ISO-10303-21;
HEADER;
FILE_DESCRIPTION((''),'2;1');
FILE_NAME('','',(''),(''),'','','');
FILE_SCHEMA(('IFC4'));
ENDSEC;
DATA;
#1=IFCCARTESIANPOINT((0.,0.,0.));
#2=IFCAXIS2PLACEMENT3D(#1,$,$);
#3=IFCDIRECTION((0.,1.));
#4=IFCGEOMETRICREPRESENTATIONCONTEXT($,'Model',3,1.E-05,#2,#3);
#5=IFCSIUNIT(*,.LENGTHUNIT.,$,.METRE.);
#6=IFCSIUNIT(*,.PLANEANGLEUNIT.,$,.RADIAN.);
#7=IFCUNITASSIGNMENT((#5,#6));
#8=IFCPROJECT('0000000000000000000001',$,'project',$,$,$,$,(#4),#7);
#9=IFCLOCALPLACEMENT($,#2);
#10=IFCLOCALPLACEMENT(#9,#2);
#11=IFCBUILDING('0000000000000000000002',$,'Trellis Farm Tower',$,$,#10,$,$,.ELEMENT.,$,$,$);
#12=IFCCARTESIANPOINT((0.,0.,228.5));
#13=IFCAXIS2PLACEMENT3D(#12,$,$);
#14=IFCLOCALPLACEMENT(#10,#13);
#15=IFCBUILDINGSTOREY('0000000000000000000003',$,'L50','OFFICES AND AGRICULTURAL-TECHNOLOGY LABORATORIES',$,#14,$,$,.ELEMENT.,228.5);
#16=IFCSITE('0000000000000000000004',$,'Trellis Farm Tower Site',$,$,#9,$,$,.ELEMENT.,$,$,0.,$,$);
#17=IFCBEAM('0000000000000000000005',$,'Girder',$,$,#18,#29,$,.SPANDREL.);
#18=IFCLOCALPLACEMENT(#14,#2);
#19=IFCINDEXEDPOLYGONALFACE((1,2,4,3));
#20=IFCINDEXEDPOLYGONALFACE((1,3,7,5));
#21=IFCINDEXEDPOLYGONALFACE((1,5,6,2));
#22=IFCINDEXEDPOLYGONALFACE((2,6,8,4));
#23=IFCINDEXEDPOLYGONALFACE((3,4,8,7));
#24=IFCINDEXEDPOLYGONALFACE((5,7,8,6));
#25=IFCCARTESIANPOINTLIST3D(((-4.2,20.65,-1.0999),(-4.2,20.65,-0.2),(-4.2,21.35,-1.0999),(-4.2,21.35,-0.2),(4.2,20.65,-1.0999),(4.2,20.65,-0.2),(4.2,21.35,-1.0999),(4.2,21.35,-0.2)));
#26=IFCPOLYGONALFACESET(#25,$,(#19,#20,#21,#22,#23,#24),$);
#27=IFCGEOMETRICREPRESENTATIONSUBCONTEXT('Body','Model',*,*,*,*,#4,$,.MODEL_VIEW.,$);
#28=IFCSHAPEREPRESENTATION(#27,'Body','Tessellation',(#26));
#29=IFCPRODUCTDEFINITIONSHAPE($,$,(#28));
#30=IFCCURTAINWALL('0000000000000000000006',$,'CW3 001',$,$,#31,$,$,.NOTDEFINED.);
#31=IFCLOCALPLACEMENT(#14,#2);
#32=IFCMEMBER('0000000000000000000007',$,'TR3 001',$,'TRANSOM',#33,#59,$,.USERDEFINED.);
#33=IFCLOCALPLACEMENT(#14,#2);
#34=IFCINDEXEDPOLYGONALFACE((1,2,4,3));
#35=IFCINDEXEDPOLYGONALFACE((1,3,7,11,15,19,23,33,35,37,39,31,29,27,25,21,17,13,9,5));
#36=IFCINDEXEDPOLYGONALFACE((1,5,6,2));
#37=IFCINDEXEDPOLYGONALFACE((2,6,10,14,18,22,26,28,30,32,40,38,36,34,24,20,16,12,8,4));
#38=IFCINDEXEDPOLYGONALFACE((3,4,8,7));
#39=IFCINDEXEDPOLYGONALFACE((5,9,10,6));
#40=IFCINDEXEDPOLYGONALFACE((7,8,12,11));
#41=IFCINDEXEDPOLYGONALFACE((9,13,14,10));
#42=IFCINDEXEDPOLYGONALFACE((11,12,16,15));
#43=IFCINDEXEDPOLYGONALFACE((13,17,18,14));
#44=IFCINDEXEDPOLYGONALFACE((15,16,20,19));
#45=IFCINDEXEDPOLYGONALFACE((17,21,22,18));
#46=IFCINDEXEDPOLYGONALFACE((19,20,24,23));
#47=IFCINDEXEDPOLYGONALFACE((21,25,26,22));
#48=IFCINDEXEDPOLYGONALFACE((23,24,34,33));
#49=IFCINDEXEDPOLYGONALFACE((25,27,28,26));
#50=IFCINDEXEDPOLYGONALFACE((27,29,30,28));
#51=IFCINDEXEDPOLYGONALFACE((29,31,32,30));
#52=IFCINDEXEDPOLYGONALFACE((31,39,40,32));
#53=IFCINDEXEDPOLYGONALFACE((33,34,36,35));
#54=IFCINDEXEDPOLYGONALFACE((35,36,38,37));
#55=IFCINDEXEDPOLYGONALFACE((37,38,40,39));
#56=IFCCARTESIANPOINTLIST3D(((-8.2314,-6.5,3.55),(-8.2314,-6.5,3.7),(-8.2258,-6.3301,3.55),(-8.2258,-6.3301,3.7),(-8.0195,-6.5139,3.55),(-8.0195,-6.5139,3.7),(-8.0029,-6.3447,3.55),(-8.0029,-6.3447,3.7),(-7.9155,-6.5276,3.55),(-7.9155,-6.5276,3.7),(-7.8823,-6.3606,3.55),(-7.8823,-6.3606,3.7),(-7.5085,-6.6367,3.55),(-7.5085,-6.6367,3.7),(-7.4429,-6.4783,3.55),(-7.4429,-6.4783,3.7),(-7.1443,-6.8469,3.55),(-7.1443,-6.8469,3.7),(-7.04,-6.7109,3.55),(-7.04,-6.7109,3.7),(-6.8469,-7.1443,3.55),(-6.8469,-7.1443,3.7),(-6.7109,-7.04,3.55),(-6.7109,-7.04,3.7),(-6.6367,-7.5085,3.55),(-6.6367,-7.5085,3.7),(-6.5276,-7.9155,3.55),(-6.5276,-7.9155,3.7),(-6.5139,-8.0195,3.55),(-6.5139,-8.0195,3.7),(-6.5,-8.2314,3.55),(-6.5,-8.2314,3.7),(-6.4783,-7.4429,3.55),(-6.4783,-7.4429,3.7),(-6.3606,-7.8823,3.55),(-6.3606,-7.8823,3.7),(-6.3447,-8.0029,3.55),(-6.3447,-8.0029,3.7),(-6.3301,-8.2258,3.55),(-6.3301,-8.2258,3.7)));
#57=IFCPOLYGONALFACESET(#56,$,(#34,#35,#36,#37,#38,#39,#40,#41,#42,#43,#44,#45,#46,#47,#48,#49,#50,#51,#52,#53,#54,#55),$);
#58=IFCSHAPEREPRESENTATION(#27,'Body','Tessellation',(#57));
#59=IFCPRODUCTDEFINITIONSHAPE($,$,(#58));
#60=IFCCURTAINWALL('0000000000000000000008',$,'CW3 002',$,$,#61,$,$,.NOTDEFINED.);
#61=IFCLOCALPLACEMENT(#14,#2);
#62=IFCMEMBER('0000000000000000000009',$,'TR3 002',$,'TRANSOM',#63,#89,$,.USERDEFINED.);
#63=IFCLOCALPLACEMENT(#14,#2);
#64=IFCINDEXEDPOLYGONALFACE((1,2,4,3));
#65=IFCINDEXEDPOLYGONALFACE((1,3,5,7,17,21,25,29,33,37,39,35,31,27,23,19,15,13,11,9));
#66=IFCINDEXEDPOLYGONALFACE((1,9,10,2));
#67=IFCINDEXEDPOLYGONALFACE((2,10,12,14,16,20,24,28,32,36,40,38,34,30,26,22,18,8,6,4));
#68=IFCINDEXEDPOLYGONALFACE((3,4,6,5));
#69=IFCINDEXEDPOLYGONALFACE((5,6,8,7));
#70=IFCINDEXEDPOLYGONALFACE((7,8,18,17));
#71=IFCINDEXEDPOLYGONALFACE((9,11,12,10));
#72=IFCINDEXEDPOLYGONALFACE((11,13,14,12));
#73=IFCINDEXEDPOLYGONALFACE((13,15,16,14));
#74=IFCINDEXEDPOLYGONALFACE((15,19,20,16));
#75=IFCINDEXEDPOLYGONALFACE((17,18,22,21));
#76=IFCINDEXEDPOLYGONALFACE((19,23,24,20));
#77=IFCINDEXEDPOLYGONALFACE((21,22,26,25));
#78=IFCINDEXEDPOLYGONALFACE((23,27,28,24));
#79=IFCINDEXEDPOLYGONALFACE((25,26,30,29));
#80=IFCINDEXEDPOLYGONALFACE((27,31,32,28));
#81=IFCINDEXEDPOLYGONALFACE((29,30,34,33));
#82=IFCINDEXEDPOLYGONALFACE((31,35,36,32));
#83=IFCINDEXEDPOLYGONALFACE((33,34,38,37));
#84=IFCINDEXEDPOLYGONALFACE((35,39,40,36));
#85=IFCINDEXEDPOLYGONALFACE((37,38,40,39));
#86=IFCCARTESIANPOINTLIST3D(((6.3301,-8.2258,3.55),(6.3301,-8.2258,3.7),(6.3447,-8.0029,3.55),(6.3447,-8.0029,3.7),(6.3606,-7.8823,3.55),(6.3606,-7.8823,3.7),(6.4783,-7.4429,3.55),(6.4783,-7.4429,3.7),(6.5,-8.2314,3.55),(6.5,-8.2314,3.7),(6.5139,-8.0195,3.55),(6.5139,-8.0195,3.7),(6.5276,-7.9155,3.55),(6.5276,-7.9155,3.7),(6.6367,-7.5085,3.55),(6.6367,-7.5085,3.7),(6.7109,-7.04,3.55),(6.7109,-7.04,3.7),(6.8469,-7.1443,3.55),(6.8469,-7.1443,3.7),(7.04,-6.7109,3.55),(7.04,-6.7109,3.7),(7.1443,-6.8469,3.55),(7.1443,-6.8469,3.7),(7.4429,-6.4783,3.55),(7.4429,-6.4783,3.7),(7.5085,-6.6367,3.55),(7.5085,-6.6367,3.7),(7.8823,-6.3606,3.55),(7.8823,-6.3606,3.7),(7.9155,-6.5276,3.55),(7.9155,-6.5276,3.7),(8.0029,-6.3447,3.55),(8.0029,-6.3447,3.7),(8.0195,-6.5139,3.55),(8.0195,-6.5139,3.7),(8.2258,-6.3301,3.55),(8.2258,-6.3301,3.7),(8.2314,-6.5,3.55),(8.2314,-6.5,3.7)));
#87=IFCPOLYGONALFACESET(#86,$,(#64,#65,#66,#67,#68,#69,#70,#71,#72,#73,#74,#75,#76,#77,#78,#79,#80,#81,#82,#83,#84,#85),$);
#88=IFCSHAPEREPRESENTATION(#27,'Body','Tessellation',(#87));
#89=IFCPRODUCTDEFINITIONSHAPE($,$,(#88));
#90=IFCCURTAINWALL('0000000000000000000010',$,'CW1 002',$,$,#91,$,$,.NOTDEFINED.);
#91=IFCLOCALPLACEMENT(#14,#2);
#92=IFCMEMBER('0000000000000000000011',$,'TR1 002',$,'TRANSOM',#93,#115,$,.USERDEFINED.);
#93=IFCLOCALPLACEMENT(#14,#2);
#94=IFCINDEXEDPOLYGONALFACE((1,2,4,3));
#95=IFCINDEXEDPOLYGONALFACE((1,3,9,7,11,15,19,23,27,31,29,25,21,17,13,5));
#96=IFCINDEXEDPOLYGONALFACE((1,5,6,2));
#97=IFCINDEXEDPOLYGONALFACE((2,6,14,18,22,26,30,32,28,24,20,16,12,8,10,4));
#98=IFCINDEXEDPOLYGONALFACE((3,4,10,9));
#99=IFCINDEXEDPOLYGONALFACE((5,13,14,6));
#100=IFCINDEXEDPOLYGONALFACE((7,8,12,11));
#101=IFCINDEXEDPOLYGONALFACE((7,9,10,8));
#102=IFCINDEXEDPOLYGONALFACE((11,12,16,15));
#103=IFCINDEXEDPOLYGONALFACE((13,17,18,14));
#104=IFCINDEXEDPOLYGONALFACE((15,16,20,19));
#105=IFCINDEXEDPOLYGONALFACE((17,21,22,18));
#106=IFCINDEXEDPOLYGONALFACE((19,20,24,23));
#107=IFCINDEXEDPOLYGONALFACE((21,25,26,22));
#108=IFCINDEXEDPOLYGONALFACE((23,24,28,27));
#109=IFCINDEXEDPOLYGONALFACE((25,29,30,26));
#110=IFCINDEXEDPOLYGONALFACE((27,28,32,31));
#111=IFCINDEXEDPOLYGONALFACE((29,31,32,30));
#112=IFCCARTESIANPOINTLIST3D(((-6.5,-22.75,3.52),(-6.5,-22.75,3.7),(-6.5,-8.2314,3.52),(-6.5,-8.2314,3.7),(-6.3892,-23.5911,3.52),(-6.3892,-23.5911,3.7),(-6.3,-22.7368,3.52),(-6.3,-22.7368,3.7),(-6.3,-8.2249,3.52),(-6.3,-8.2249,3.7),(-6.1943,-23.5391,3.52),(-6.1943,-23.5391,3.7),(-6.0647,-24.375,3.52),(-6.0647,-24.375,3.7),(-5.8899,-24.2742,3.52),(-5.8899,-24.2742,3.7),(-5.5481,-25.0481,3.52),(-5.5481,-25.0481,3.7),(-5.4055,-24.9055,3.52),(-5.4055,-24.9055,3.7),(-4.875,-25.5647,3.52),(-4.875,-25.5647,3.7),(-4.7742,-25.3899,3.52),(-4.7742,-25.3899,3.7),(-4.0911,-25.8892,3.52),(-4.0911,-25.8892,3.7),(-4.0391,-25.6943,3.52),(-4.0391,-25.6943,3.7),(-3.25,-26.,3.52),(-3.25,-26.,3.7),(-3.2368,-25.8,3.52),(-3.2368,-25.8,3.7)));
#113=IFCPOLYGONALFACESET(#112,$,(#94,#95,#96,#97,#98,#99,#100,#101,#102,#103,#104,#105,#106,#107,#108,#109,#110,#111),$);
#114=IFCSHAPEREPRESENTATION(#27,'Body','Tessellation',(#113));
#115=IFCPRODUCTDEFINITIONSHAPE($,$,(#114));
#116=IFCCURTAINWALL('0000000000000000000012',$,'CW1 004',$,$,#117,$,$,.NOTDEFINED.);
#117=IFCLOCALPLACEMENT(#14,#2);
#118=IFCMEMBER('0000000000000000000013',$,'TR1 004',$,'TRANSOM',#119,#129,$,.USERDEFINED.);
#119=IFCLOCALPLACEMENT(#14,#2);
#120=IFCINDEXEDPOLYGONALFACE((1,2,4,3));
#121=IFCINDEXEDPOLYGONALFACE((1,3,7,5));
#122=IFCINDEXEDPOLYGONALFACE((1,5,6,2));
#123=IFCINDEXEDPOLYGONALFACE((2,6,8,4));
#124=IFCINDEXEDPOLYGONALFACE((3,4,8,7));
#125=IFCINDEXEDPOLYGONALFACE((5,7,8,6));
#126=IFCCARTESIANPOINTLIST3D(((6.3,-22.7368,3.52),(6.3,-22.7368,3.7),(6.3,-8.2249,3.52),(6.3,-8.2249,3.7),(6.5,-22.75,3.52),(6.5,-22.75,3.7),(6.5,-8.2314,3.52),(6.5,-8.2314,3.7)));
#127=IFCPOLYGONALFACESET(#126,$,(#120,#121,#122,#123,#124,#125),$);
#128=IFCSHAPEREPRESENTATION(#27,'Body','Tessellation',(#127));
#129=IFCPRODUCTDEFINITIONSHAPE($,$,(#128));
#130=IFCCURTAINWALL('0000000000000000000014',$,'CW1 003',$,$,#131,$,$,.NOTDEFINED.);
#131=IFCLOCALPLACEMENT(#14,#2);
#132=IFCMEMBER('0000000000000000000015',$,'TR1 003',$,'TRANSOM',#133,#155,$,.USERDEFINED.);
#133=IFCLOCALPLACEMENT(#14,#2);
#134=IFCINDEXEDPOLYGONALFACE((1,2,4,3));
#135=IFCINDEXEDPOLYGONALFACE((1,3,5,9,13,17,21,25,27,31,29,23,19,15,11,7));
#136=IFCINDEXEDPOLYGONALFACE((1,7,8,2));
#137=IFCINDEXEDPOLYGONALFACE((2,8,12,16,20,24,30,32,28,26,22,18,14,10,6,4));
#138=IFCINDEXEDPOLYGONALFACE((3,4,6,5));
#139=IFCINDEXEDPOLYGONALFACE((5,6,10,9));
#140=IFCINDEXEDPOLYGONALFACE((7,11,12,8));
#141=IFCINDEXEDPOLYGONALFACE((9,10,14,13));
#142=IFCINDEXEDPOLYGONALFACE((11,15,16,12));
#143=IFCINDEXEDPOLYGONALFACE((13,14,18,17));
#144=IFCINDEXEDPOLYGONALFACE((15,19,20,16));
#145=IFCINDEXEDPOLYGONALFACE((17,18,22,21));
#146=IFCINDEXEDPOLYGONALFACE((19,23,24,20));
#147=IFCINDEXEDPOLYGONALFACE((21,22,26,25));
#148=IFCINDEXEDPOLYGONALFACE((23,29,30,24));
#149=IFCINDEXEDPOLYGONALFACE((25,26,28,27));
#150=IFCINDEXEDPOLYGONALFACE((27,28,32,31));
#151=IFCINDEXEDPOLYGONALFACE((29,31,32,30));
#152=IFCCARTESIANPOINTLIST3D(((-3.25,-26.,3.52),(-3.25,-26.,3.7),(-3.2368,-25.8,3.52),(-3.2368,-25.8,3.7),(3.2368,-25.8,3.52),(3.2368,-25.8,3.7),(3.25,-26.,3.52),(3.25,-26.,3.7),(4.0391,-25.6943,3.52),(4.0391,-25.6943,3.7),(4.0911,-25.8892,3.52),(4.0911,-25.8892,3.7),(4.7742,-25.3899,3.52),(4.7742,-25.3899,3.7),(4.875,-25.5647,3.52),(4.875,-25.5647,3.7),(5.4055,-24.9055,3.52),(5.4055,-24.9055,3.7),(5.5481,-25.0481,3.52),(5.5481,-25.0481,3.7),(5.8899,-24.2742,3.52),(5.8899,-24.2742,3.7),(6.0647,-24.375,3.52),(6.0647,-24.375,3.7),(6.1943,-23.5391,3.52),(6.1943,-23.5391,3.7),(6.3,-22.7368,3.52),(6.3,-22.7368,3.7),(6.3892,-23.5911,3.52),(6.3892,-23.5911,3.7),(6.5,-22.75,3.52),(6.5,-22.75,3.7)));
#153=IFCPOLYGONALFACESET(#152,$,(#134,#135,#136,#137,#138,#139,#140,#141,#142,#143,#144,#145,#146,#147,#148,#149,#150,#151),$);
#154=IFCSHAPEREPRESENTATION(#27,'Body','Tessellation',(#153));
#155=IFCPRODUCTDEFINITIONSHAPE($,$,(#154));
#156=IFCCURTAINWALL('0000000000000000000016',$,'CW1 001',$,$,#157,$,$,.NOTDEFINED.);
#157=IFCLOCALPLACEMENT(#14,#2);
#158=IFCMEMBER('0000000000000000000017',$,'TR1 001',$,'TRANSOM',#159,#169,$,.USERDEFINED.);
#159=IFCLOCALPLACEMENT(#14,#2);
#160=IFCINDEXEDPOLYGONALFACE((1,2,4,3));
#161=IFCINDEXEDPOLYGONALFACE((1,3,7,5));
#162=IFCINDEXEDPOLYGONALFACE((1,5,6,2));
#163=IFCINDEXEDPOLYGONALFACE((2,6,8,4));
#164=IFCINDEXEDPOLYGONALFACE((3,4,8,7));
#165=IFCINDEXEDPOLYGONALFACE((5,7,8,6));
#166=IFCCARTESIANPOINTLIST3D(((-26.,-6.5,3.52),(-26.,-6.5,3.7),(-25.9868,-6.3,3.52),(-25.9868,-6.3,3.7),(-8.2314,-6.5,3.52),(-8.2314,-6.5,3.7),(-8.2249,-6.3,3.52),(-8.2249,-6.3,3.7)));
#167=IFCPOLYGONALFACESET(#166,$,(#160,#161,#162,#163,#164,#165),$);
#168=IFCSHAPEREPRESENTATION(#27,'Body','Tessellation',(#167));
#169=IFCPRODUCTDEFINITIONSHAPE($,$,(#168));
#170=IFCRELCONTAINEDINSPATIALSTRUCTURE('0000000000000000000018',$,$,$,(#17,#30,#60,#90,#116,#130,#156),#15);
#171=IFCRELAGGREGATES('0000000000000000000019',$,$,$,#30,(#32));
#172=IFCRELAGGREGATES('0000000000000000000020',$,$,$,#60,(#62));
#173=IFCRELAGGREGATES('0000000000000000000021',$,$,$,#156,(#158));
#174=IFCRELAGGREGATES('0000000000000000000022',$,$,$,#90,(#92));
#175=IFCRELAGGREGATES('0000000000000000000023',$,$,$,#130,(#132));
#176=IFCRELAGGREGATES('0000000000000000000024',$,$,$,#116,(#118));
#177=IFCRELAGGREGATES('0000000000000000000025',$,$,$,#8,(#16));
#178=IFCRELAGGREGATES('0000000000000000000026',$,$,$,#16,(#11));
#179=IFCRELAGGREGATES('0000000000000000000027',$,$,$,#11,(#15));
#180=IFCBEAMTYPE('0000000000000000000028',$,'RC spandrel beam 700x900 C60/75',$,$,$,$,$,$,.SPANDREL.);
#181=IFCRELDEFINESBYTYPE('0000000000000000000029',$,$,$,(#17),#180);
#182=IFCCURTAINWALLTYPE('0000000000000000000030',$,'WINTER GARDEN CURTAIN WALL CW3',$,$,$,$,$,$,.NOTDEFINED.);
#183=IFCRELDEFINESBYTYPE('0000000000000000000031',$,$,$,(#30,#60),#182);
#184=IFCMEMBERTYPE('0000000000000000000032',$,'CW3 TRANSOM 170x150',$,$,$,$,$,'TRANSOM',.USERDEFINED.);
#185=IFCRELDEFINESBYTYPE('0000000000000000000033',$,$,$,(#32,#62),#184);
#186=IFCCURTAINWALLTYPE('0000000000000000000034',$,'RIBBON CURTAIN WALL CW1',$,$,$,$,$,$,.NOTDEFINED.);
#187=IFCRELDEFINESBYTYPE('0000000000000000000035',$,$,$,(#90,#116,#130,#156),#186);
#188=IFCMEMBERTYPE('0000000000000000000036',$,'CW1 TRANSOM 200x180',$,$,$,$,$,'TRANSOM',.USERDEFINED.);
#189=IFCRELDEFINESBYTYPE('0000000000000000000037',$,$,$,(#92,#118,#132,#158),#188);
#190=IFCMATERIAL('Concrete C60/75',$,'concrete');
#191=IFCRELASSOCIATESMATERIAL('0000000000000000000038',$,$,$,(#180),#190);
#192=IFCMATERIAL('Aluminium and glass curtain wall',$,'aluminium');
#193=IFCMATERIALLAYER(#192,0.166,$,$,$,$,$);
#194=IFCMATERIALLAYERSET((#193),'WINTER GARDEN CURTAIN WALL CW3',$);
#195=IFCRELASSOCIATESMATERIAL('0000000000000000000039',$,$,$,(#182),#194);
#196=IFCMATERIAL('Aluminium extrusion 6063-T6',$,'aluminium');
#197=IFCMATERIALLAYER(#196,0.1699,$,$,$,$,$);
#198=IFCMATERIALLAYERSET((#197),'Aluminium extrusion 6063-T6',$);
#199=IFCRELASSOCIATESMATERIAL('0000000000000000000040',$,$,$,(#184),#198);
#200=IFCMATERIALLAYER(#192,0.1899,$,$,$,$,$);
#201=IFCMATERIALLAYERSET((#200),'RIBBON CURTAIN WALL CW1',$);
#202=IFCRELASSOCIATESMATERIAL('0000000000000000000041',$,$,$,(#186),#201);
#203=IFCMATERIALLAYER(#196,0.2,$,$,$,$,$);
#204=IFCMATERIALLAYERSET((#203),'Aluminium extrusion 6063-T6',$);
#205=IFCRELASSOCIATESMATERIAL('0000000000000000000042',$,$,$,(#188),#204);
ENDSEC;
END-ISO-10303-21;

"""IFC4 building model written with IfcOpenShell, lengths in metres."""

from ifc_helpers import new_model, si_unit, direction, frame, origin, origin_2d, place, context, subcontext, project, spatial, polyline, rectangle, outline, extrude, source, transform, mapped, material, layer, layer_set, material_profile, profile_set, type_object, element, aggregate, save


model = new_model("IFC4")

# Units and contexts
model_context = context("Model", 3, precision=1e-05, world=origin(), true_north=direction((0.0, 1.0)))
body_context = subcontext(model_context, "Body", "Model", "MODEL_VIEW")
ifc_project = project(units=[si_unit("LENGTHUNIT", "METRE"), si_unit("PLANEANGLEUNIT", "RADIAN")], contexts=[model_context])

# Site, building, storey
site_placement = place(None, origin())
site = spatial("IfcSite", under=ifc_project, at=site_placement, Name="Trellis Farm Tower Site", CompositionType="ELEMENT", RefElevation=0.0)
building_placement = place(site_placement, origin())
building = spatial("IfcBuilding", under=site, at=building_placement, Name="Trellis Farm Tower", CompositionType="ELEMENT")
storey_placement = place(building_placement, frame((0.0, 0.0, 228.5)))
storey = spatial("IfcBuildingStorey", under=building, at=storey_placement, Name="L50", Description="OFFICES AND AGRICULTURAL-TECHNOLOGY LABORATORIES", CompositionType="ELEMENT", Elevation=228.5)

# Beam
ifc_material_1 = material(Name="Concrete C60/75", Category="concrete")
ifc_material_profile = material_profile(ifc_material_1, rectangle(XDim=0.7, YDim=0.8999, at=origin_2d()), Name="RC spandrel beam 700x900 C60/75")
ifc_profile_set = profile_set([ifc_material_profile], Name="Concrete C60/75")
beam_type = type_object("IfcBeamType", Name="RC spandrel beam 700x900 C60/75", PredefinedType="SPANDREL", material=ifc_profile_set)
shared_shape_1 = source(origin(), body_context, "Body", "SweptSolid", [
    extrude(rectangle(XDim=0.7, YDim=0.8999, at=origin_2d()), origin(), (0.0, 0.0, 1.0), 8.3999),
])
beam_placement = place(storey_placement, frame((-4.2, 21.0, -0.6499), z_axis=(1.0, 0.0, 0.0), x_axis=(0.0, 1.0, 0.0)))
element("IfcBeam", 1, at=beam_placement, inside=storey, type_object=beam_type, Name="Girder", PredefinedType="SPANDREL", context=body_context, shape_type="MappedRepresentation", body=[
    mapped(shared_shape_1, transform((0.0, 0.0, 0.0))),
])

# Curtain walls, members
ifc_material_2 = material(Name="Aluminium and glass curtain wall", Category="aluminium")
ifc_layer_1 = layer(ifc_material_2, 0.166)
ifc_layer_set_1 = layer_set([ifc_layer_1], Name="WINTER GARDEN CURTAIN WALL CW3")
curtain_wall_type_1 = type_object("IfcCurtainWallType", Name="WINTER GARDEN CURTAIN WALL CW3", PredefinedType="NOTDEFINED", material=ifc_layer_set_1)
placement_1 = place(storey_placement, origin())
curtain_wall_1 = element("IfcCurtainWall", 2, at=placement_1, inside=storey, type_object=curtain_wall_type_1, Name="CW3 001", PredefinedType="NOTDEFINED")
ifc_material_3 = material(Name="Aluminium extrusion 6063-T6", Category="aluminium")
ifc_layer_2 = layer(ifc_material_3, 0.1699)
ifc_layer_set_2 = layer_set([ifc_layer_2], Name="Aluminium extrusion 6063-T6")
member_type_1 = type_object("IfcMemberType", Name="CW3 TRANSOM 170x150", ElementType="TRANSOM", PredefinedType="USERDEFINED", material=ifc_layer_set_2)
shared_shape_2 = source(origin(), body_context, "Body", "SweptSolid", [
    extrude(outline(polyline([(-8.2314, -6.5), (-8.0195, -6.5139), (-7.9155, -6.5276), (-7.5085, -6.6367), (-7.1443, -6.8469), (-6.8469, -7.1443), (-6.6367, -7.5085), (-6.5276, -7.9155), (-6.5139, -8.0195), (-6.5, -8.2314), (-6.3301, -8.2258), (-6.3447, -8.0029), (-6.3606, -7.8823), (-6.4783, -7.4429), (-6.7109, -7.04), (-7.04, -6.7109), (-7.4429, -6.4783), (-7.8823, -6.3606), (-8.0029, -6.3447), (-8.2258, -6.3301), (-8.2314, -6.5)])), origin(), (0.0, 0.0, 1.0), 0.1499),
])
placement_2 = place(storey_placement, frame((0.0, 0.0, 3.55)))
member_1 = element("IfcMember", 3, at=placement_2, type_object=member_type_1, Name="TR3 001", ObjectType="TRANSOM", PredefinedType="USERDEFINED", context=body_context, shape_type="MappedRepresentation", body=[
    mapped(shared_shape_2, transform((0.0, 0.0, 0.0))),
])
curtain_wall_2 = element("IfcCurtainWall", 4, at=placement_1, inside=storey, type_object=curtain_wall_type_1, Name="CW3 002", PredefinedType="NOTDEFINED")
shared_shape_3 = source(origin(), body_context, "Body", "SweptSolid", [
    extrude(outline(polyline([(6.5, -8.2314), (6.5139, -8.0195), (6.5276, -7.9155), (6.6367, -7.5085), (6.8469, -7.1443), (7.1443, -6.8469), (7.5085, -6.6367), (7.9155, -6.5276), (8.0195, -6.5139), (8.2314, -6.5), (8.2258, -6.3301), (8.0029, -6.3447), (7.8823, -6.3606), (7.4429, -6.4783), (7.04, -6.7109), (6.7109, -7.04), (6.4783, -7.4429), (6.3606, -7.8823), (6.3447, -8.0029), (6.3301, -8.2258), (6.5, -8.2314)])), origin(), (0.0, 0.0, 1.0), 0.1499),
])
member_2 = element("IfcMember", 5, at=placement_2, type_object=member_type_1, Name="TR3 002", ObjectType="TRANSOM", PredefinedType="USERDEFINED", context=body_context, shape_type="MappedRepresentation", body=[
    mapped(shared_shape_3, transform((0.0, 0.0, 0.0))),
])
ifc_layer_3 = layer(ifc_material_2, 0.1899)
ifc_layer_set_3 = layer_set([ifc_layer_3], Name="RIBBON CURTAIN WALL CW1")
curtain_wall_type_2 = type_object("IfcCurtainWallType", Name="RIBBON CURTAIN WALL CW1", PredefinedType="NOTDEFINED", material=ifc_layer_set_3)
curtain_wall_3 = element("IfcCurtainWall", 6, at=placement_1, inside=storey, type_object=curtain_wall_type_2, Name="CW1 002", PredefinedType="NOTDEFINED")
ifc_layer_4 = layer(ifc_material_3, 0.2)
ifc_layer_set_4 = layer_set([ifc_layer_4], Name="Aluminium extrusion 6063-T6")
member_type_2 = type_object("IfcMemberType", Name="CW1 TRANSOM 200x180", ElementType="TRANSOM", PredefinedType="USERDEFINED", material=ifc_layer_set_4)
shared_shape_4 = source(origin(), body_context, "Body", "SweptSolid", [
    extrude(outline(polyline([(-6.5, -8.2314), (-6.5, -22.75), (-6.3892, -23.5911), (-6.0647, -24.375), (-5.5481, -25.0481), (-4.875, -25.5647), (-4.0911, -25.8892), (-3.25, -26.0), (-3.2368, -25.8), (-4.0391, -25.6943), (-4.7742, -25.3899), (-5.4055, -24.9055), (-5.8899, -24.2742), (-6.1943, -23.5391), (-6.3, -22.7368), (-6.3, -8.2249), (-6.5, -8.2314)])), origin(), (0.0, 0.0, 1.0), 0.1799),
])
placement_3 = place(storey_placement, frame((0.0, 0.0, 3.52)))
member_3 = element("IfcMember", 7, at=placement_3, type_object=member_type_2, Name="TR1 002", ObjectType="TRANSOM", PredefinedType="USERDEFINED", context=body_context, shape_type="MappedRepresentation", body=[
    mapped(shared_shape_4, transform((0.0, 0.0, 0.0))),
])
curtain_wall_4 = element("IfcCurtainWall", 8, at=placement_1, inside=storey, type_object=curtain_wall_type_2, Name="CW1 004", PredefinedType="NOTDEFINED")
shared_shape_5 = source(origin(), body_context, "Body", "SweptSolid", [
    extrude(outline(polyline([(6.5, -22.75), (6.5, -8.2314), (6.3, -8.2249), (6.3, -22.7368), (6.5, -22.75)])), origin(), (0.0, 0.0, 1.0), 0.1799),
])
member_4 = element("IfcMember", 9, at=placement_3, type_object=member_type_2, Name="TR1 004", ObjectType="TRANSOM", PredefinedType="USERDEFINED", context=body_context, shape_type="MappedRepresentation", body=[
    mapped(shared_shape_5, transform((0.0, 0.0, 0.0))),
])
curtain_wall_5 = element("IfcCurtainWall", 10, at=placement_1, inside=storey, type_object=curtain_wall_type_2, Name="CW1 003", PredefinedType="NOTDEFINED")
shared_shape_6 = source(origin(), body_context, "Body", "SweptSolid", [
    extrude(outline(polyline([(-3.25, -26.0), (3.25, -26.0), (4.0911, -25.8892), (4.875, -25.5647), (5.5481, -25.0481), (6.0647, -24.375), (6.3892, -23.5911), (6.5, -22.75), (6.3, -22.7368), (6.1943, -23.5391), (5.8899, -24.2742), (5.4055, -24.9055), (4.7742, -25.3899), (4.0391, -25.6943), (3.2368, -25.8), (-3.2368, -25.8), (-3.25, -26.0)])), origin(), (0.0, 0.0, 1.0), 0.1799),
])
member_5 = element("IfcMember", 11, at=placement_3, type_object=member_type_2, Name="TR1 003", ObjectType="TRANSOM", PredefinedType="USERDEFINED", context=body_context, shape_type="MappedRepresentation", body=[
    mapped(shared_shape_6, transform((0.0, 0.0, 0.0))),
])
curtain_wall_6 = element("IfcCurtainWall", 12, at=placement_1, inside=storey, type_object=curtain_wall_type_2, Name="CW1 001", PredefinedType="NOTDEFINED")
shared_shape_7 = source(origin(), body_context, "Body", "SweptSolid", [
    extrude(outline(polyline([(-26.0, -6.5), (-8.2314, -6.5), (-8.2249, -6.3), (-25.9868, -6.3), (-26.0, -6.5)])), origin(), (0.0, 0.0, 1.0), 0.1799),
])
member_6 = element("IfcMember", 13, at=placement_3, type_object=member_type_2, Name="TR1 001", ObjectType="TRANSOM", PredefinedType="USERDEFINED", context=body_context, shape_type="MappedRepresentation", body=[
    mapped(shared_shape_7, transform((0.0, 0.0, 0.0))),
])

aggregate(curtain_wall_1, [member_1])
aggregate(curtain_wall_2, [member_2])
aggregate(curtain_wall_6, [member_6])
aggregate(curtain_wall_3, [member_3])
aggregate(curtain_wall_5, [member_5])
aggregate(curtain_wall_4, [member_4])

save(model, "model.ifc")
